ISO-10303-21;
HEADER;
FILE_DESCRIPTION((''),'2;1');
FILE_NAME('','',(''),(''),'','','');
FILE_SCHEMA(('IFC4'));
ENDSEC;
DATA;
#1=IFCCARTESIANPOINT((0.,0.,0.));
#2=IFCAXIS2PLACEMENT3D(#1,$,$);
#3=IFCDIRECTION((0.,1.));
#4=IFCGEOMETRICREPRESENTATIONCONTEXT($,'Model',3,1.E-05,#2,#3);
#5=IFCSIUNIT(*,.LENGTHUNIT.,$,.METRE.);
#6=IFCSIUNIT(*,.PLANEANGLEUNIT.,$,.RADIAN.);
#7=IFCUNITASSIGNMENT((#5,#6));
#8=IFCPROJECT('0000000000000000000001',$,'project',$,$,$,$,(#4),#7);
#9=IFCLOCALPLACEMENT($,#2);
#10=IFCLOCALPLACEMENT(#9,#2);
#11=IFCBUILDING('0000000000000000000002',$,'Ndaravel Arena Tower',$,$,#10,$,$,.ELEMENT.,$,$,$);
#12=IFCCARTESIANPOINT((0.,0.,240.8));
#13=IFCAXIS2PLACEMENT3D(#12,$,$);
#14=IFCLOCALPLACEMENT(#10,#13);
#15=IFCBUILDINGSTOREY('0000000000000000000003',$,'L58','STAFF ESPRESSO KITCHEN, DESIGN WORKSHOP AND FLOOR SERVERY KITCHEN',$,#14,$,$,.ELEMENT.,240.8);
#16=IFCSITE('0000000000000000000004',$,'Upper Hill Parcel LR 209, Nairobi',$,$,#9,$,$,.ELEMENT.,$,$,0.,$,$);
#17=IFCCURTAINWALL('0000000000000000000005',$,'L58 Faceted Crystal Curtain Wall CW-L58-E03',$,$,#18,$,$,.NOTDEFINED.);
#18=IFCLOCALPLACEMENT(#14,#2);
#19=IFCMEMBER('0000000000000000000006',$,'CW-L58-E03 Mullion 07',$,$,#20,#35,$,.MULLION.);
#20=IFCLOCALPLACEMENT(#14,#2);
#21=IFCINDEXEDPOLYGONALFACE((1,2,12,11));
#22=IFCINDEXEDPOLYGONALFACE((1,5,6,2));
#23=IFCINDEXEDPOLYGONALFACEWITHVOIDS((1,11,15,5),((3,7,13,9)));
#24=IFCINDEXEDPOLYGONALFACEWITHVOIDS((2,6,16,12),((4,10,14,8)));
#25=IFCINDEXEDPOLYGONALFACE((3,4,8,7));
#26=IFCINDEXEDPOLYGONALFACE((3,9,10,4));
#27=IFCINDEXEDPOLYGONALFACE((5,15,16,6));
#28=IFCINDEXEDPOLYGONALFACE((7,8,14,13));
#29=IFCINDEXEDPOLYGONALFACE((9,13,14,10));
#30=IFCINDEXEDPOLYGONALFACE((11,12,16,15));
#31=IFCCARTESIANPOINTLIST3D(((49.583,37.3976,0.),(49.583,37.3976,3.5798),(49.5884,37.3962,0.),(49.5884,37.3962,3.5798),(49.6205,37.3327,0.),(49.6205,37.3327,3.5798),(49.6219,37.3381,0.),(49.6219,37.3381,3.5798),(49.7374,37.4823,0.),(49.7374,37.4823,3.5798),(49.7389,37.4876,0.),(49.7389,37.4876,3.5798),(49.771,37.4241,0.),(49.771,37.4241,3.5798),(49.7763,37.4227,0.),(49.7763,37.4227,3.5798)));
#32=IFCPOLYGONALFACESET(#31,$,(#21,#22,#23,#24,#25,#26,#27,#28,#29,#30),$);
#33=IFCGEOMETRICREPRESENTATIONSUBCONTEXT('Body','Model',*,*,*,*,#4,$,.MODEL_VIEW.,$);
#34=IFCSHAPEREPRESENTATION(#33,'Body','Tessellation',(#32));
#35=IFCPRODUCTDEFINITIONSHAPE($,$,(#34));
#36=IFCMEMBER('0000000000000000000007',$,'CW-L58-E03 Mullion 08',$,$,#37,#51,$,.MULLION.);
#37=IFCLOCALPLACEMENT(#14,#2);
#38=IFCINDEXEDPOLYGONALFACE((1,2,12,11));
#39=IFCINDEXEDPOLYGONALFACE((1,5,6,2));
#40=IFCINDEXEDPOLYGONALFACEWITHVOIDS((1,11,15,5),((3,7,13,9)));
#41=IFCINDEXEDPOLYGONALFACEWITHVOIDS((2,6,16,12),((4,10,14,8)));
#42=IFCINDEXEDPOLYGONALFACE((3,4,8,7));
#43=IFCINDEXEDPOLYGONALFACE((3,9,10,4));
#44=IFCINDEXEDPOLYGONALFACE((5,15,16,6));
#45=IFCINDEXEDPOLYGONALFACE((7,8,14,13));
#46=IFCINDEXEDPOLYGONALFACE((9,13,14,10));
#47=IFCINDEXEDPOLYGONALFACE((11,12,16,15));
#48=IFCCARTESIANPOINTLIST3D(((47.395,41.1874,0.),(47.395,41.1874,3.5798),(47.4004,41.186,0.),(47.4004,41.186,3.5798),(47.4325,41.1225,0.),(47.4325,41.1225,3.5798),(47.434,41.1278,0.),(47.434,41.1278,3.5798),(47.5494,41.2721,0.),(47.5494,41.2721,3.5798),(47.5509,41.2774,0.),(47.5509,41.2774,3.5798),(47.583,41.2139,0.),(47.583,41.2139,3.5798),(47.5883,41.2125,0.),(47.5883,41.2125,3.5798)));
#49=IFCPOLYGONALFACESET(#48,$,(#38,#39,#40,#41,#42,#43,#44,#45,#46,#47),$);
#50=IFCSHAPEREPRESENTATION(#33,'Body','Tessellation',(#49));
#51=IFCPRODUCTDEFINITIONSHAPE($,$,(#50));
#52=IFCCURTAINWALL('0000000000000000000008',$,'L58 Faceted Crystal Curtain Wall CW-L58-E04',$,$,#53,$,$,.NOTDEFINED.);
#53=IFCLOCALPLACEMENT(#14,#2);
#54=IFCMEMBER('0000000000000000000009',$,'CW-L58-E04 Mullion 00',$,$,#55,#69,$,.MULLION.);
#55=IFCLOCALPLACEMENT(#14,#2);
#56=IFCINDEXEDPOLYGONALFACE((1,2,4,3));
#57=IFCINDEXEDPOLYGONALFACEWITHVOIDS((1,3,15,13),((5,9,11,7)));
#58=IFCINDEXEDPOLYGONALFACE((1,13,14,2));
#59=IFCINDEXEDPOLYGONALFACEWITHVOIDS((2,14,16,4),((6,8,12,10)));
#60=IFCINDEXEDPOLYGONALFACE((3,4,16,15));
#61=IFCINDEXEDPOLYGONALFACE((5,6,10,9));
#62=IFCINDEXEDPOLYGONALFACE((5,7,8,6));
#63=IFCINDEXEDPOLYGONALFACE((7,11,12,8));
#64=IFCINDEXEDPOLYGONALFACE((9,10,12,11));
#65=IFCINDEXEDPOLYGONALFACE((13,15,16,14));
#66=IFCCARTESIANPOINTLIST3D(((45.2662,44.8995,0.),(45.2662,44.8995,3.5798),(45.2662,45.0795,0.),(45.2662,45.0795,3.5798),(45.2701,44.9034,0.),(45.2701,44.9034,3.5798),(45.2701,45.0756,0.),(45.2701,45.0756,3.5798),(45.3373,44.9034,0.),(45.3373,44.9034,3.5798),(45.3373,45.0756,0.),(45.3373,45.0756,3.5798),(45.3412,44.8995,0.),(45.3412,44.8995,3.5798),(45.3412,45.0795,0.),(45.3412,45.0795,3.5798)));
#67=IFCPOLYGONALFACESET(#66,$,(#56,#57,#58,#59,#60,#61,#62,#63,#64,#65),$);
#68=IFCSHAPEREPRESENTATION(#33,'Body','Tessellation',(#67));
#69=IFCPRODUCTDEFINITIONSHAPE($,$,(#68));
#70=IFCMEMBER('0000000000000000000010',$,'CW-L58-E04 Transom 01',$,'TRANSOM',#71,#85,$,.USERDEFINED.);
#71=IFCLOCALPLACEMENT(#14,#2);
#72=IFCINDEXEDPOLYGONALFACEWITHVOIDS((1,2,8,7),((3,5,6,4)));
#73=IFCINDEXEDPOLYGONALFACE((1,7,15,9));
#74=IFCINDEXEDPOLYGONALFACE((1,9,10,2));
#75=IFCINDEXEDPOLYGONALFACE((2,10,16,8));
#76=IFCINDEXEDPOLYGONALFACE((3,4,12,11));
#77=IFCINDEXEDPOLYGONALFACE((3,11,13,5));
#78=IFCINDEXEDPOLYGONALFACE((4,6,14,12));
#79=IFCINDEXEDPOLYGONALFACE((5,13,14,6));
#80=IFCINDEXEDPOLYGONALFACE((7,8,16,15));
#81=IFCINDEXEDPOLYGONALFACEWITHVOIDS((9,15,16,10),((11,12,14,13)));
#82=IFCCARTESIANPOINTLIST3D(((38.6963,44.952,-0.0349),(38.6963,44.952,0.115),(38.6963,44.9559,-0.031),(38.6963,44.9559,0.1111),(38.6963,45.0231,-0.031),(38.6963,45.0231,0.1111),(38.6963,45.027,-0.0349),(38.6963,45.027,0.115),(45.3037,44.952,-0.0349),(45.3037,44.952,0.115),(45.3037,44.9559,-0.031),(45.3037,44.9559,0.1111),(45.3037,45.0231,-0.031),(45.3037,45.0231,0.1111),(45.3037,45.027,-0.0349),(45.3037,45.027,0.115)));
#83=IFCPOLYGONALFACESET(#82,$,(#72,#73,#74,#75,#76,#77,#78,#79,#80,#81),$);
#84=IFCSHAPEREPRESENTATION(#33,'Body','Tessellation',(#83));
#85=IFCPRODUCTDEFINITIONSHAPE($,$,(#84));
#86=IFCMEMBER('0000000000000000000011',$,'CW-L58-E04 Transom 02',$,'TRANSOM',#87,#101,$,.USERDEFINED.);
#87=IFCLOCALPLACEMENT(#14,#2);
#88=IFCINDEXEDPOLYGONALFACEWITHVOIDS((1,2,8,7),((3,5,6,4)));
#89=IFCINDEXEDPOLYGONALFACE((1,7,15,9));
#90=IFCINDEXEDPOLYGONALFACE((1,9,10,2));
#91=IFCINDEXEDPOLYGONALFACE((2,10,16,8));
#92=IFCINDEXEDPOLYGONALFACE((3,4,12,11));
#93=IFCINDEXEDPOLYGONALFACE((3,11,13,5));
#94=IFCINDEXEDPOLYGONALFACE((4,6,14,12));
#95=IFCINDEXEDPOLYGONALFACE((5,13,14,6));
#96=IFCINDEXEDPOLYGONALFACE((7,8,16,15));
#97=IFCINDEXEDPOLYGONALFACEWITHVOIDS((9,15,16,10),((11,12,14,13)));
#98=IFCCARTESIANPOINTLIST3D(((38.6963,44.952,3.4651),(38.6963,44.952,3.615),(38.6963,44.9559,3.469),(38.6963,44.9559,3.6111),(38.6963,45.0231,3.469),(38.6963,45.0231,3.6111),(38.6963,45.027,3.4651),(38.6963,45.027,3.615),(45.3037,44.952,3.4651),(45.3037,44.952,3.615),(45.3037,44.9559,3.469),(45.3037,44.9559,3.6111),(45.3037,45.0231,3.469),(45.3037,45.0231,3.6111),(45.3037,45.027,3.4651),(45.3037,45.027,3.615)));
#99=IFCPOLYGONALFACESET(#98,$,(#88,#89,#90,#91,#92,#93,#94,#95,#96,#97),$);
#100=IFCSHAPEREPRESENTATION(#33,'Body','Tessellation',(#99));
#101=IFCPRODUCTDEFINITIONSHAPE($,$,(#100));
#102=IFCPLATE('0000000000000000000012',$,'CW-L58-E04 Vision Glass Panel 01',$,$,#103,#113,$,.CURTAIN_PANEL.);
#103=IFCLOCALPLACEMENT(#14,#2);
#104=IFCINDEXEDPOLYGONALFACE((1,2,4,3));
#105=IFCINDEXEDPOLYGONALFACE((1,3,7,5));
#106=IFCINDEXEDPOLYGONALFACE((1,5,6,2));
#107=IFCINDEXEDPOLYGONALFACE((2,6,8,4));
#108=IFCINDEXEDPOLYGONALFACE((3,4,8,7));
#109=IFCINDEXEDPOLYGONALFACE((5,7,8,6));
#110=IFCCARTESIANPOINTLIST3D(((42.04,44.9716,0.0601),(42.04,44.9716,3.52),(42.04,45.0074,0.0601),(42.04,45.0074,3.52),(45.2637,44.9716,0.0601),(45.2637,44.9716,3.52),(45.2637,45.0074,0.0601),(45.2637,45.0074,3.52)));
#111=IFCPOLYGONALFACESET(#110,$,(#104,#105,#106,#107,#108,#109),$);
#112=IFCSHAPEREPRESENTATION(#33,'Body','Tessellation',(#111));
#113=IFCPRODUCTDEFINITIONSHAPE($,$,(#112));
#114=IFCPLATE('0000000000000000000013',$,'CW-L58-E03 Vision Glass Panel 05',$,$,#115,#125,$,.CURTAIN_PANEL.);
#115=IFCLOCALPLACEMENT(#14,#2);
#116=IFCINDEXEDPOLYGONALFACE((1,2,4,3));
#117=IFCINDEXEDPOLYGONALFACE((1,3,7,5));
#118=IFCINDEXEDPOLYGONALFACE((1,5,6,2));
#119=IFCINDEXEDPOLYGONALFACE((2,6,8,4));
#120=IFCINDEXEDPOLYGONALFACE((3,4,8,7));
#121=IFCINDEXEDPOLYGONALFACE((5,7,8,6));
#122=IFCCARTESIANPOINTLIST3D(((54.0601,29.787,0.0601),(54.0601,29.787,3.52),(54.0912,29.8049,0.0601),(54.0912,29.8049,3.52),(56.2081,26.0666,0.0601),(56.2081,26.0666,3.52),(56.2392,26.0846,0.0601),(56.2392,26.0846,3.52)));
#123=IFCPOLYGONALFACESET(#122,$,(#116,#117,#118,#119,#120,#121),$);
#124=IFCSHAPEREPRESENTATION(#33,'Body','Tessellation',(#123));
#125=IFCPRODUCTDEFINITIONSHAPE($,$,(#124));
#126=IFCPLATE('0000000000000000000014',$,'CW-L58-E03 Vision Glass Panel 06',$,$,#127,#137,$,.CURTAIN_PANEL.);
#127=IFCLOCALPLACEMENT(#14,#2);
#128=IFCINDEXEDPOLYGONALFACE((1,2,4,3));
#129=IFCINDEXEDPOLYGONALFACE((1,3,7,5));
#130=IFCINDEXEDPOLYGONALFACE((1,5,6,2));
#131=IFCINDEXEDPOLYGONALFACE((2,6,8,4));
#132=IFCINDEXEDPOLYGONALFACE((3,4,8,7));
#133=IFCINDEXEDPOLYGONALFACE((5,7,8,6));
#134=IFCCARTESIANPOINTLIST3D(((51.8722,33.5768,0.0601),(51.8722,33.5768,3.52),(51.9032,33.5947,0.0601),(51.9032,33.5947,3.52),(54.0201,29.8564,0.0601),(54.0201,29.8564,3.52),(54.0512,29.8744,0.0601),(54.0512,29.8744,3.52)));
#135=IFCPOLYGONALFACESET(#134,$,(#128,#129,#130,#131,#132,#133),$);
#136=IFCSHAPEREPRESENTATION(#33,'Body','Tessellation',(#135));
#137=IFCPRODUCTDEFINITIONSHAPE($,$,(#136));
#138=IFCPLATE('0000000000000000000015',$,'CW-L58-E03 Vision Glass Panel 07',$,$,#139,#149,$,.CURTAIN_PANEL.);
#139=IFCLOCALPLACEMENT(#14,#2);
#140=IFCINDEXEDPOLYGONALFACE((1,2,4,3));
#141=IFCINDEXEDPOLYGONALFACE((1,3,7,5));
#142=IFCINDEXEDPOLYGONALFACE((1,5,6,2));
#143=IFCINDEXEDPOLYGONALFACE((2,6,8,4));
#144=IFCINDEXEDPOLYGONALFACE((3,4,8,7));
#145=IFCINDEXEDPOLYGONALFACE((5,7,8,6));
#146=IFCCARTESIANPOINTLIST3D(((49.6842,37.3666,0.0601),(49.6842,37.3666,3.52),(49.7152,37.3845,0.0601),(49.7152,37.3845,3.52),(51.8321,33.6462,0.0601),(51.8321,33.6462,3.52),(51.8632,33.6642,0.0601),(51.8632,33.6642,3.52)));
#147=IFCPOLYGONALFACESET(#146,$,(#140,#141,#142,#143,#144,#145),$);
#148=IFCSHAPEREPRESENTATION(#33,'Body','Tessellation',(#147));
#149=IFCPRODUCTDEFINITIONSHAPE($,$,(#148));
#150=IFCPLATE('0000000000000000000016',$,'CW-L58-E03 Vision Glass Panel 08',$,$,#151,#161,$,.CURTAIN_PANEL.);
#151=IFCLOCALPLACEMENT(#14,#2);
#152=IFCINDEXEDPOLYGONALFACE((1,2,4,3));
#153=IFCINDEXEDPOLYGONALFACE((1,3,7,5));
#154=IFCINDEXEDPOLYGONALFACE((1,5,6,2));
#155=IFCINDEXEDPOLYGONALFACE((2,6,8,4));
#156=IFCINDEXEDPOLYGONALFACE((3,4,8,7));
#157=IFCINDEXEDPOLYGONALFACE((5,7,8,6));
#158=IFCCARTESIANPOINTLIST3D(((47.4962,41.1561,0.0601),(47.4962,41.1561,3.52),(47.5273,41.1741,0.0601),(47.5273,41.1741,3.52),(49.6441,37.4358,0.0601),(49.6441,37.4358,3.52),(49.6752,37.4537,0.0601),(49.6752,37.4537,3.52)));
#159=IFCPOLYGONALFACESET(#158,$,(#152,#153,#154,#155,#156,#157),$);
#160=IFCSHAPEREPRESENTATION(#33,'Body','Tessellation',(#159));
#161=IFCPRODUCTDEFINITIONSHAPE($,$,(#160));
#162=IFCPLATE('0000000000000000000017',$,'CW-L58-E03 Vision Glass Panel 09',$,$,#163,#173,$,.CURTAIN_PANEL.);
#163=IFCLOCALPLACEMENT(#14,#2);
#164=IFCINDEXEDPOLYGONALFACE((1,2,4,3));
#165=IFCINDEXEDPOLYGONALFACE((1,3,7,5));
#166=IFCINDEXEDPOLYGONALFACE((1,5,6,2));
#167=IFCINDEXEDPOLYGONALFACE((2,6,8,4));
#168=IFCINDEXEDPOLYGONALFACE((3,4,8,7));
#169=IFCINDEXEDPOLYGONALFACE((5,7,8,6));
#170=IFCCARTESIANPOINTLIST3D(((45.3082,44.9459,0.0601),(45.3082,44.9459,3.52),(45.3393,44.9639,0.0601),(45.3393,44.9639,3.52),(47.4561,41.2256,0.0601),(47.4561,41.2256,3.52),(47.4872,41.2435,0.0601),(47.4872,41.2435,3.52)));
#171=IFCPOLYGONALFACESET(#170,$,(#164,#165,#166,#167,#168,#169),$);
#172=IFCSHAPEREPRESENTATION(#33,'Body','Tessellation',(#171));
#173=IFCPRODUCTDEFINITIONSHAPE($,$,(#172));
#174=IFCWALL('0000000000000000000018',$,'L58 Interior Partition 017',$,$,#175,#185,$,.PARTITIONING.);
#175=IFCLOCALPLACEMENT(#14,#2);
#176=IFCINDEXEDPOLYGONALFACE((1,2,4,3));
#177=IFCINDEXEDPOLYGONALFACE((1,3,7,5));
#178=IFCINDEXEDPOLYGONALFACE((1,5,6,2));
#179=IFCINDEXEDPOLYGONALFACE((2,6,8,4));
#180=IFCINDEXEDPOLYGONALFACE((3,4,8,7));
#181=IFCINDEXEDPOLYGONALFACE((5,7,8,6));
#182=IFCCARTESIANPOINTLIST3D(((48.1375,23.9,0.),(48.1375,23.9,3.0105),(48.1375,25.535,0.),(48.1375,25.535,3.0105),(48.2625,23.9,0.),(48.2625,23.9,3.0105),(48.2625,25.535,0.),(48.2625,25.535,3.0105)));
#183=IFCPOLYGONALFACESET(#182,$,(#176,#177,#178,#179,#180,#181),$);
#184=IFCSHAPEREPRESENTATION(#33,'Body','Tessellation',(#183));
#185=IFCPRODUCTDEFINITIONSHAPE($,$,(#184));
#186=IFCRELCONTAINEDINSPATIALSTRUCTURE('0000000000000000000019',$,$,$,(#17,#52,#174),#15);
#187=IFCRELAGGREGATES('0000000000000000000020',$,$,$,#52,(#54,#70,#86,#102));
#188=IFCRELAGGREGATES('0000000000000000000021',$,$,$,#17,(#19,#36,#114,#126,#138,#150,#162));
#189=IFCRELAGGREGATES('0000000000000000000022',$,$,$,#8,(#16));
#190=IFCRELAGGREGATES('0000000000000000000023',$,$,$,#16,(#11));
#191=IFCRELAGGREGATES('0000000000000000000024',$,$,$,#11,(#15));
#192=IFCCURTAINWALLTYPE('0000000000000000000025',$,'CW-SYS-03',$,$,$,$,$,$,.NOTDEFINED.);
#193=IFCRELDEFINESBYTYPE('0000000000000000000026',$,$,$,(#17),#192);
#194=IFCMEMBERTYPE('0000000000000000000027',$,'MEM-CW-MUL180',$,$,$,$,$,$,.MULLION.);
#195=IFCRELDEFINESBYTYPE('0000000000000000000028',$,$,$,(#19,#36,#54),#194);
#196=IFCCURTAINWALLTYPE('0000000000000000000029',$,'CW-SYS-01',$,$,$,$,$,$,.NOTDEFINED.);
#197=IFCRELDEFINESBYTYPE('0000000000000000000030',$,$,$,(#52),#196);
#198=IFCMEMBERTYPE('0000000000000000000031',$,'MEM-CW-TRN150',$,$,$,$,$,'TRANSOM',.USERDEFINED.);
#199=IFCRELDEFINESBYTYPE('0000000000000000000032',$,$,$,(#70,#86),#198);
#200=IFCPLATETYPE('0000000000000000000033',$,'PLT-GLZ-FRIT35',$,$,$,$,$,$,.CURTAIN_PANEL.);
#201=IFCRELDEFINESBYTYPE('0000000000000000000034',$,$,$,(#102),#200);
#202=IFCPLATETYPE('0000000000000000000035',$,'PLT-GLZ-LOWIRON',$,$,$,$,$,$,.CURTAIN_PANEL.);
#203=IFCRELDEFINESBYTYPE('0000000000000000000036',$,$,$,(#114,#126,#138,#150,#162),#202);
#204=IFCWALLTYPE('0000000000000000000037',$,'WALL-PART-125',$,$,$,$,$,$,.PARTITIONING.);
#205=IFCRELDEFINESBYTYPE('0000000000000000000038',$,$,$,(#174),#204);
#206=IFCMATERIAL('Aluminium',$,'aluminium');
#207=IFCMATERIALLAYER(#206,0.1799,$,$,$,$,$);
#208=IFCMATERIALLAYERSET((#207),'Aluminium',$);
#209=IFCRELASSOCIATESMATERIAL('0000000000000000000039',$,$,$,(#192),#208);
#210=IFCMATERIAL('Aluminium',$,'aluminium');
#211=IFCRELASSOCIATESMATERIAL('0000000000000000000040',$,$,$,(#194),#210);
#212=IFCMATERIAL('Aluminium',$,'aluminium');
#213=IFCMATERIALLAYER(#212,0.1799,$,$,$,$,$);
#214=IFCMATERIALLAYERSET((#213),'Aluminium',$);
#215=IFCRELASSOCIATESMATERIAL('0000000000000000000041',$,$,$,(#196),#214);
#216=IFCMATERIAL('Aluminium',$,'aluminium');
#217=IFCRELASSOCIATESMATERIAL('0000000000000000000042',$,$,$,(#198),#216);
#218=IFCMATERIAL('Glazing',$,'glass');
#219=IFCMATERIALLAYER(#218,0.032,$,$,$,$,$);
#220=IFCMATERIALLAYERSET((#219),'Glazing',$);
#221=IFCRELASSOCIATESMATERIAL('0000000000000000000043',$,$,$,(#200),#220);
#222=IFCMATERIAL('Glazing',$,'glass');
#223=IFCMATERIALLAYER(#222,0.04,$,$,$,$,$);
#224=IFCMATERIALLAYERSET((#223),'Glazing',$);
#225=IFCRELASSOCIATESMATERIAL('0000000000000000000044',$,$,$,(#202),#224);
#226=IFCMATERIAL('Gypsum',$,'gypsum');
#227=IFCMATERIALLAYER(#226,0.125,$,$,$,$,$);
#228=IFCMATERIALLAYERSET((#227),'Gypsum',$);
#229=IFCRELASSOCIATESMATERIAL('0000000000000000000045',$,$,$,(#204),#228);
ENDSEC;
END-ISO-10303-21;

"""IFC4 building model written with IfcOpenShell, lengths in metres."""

from ifc_helpers import new_model, si_unit, direction, frame, frame_2d, origin, origin_2d, place, context, subcontext, project, spatial, rectangle, hollow_rectangle, extrude, material, layer, layer_set, material_profile, profile_set, type_object, element, aggregate, save


model = new_model("IFC4")

# Units and contexts
model_context = context("Model", 3, precision=1e-05, world=origin(), true_north=direction((0.0, 1.0)))
body_context = subcontext(model_context, "Body", "Model", "MODEL_VIEW")
ifc_project = project(units=[si_unit("LENGTHUNIT", "METRE"), si_unit("PLANEANGLEUNIT", "RADIAN")], contexts=[model_context])

# Site, building, storey
site_placement = place(None, origin())
site = spatial("IfcSite", under=ifc_project, at=site_placement, Name="Upper Hill Parcel LR 209, Nairobi", CompositionType="ELEMENT", RefElevation=0.0)
building_placement = place(site_placement, origin())
building = spatial("IfcBuilding", under=site, at=building_placement, Name="Ndaravel Arena Tower", CompositionType="ELEMENT")
storey_placement = place(building_placement, frame((0.0, 0.0, 240.8)))
storey = spatial("IfcBuildingStorey", under=building, at=storey_placement, Name="L58", Description="STAFF ESPRESSO KITCHEN, DESIGN WORKSHOP AND FLOOR SERVERY KITCHEN", CompositionType="ELEMENT", Elevation=240.8)

# Curtain wall, members
ifc_material_1 = material(Name="Aluminium", Category="aluminium")
ifc_layer_1 = layer(ifc_material_1, 0.1799)
ifc_layer_set_1 = layer_set([ifc_layer_1], Name="Aluminium")
curtain_wall_type_1 = type_object("IfcCurtainWallType", Name="CW-SYS-03", PredefinedType="NOTDEFINED", material=ifc_layer_set_1)
curtain_wall_1_placement = place(storey_placement, origin())
curtain_wall_1 = element("IfcCurtainWall", 1, at=curtain_wall_1_placement, inside=storey, type_object=curtain_wall_type_1, Name="L58 Faceted Crystal Curtain Wall CW-L58-E03", PredefinedType="NOTDEFINED")
ifc_material_2 = material(Name="Aluminium", Category="aluminium")
ifc_material_profile_1 = material_profile(ifc_material_2, hollow_rectangle(XDim=0.075, YDim=0.1799, WallThickness=0.0039, at=origin_2d()), Name="CW MULLION 75x180x4")
ifc_profile_set_1 = profile_set([ifc_material_profile_1], Name="Aluminium")
member_type_1 = type_object("IfcMemberType", Name="MEM-CW-MUL180", PredefinedType="MULLION", material=ifc_profile_set_1)
member_1_placement = place(storey_placement, frame((49.6797, 37.4102, 0.0), z_axis=(0.0, 0.0, 1.0), x_axis=(-0.5, 0.866025, 0.0)))
member_1 = element("IfcMember", 2, at=member_1_placement, type_object=member_type_1, Name="CW-L58-E03 Mullion 07", PredefinedType="MULLION", context=body_context, shape_type="SweptSolid", body=[
    extrude(hollow_rectangle(XDim=0.075, YDim=0.1799, WallThickness=0.0039, at=origin_2d()), origin(), (0.0, 0.0, 1.0), 3.5798),
])
member_2_placement = place(storey_placement, frame((47.4917, 41.2, 0.0), z_axis=(0.0, 0.0, 1.0), x_axis=(-0.5, 0.866025, 0.0)))
member_2 = element("IfcMember", 3, at=member_2_placement, type_object=member_type_1, Name="CW-L58-E03 Mullion 08", PredefinedType="MULLION", context=body_context, shape_type="SweptSolid", body=[
    extrude(hollow_rectangle(XDim=0.075, YDim=0.1799, WallThickness=0.0039, at=origin_2d()), origin(), (0.0, 0.0, 1.0), 3.5798),
])

# Curtain wall, members, plate
ifc_material_3 = material(Name="Aluminium", Category="aluminium")
ifc_layer_2 = layer(ifc_material_3, 0.1799)
ifc_layer_set_2 = layer_set([ifc_layer_2], Name="Aluminium")
curtain_wall_type_2 = type_object("IfcCurtainWallType", Name="CW-SYS-01", PredefinedType="NOTDEFINED", material=ifc_layer_set_2)
curtain_wall_2_placement = place(storey_placement, origin())
curtain_wall_2 = element("IfcCurtainWall", 4, at=curtain_wall_2_placement, inside=storey, type_object=curtain_wall_type_2, Name="L58 Faceted Crystal Curtain Wall CW-L58-E04", PredefinedType="NOTDEFINED")
member_3_placement = place(storey_placement, frame((45.3037, 44.9895, 0.0), z_axis=(0.0, 0.0, 1.0), x_axis=(-1.0, 0.0, 0.0)))
member_3 = element("IfcMember", 5, at=member_3_placement, type_object=member_type_1, Name="CW-L58-E04 Mullion 00", PredefinedType="MULLION", context=body_context, shape_type="SweptSolid", body=[
    extrude(hollow_rectangle(XDim=0.075, YDim=0.1799, WallThickness=0.0039, at=origin_2d()), origin(), (0.0, 0.0, 1.0), 3.5798),
])
ifc_material_4 = material(Name="Aluminium", Category="aluminium")
ifc_material_profile_2 = material_profile(ifc_material_4, hollow_rectangle(XDim=0.075, YDim=0.1499, WallThickness=0.0039, at=origin_2d()), Name="CW TRANSOM 75x150x4")
ifc_profile_set_2 = profile_set([ifc_material_profile_2], Name="Aluminium")
member_type_2 = type_object("IfcMemberType", Name="MEM-CW-TRN150", ElementType="TRANSOM", PredefinedType="USERDEFINED", material=ifc_profile_set_2)
member_4_placement = place(storey_placement, frame((45.3037, 44.9895, 0.04), z_axis=(-1.0, 0.0, 0.0), x_axis=(0.0, -1.0, 0.0)))
member_4 = element("IfcMember", 6, at=member_4_placement, type_object=member_type_2, Name="CW-L58-E04 Transom 01", ObjectType="TRANSOM", PredefinedType="USERDEFINED", context=body_context, shape_type="SweptSolid", body=[
    extrude(hollow_rectangle(XDim=0.075, YDim=0.1499, WallThickness=0.0039, at=origin_2d()), origin(), (0.0, 0.0, 1.0), 6.6074),
])
member_5_placement = place(storey_placement, frame((45.3037, 44.9895, 3.54), z_axis=(-1.0, 0.0, 0.0), x_axis=(0.0, -1.0, 0.0)))
member_5 = element("IfcMember", 7, at=member_5_placement, type_object=member_type_2, Name="CW-L58-E04 Transom 02", ObjectType="TRANSOM", PredefinedType="USERDEFINED", context=body_context, shape_type="SweptSolid", body=[
    extrude(hollow_rectangle(XDim=0.075, YDim=0.1499, WallThickness=0.0039, at=origin_2d()), origin(), (0.0, 0.0, 1.0), 6.6074),
])
ifc_material_5 = material(Name="Glazing", Category="glass")
ifc_layer_3 = layer(ifc_material_5, 0.032)
ifc_layer_set_3 = layer_set([ifc_layer_3], Name="Glazing")
plate_type_1 = type_object("IfcPlateType", Name="PLT-GLZ-FRIT35", PredefinedType="CURTAIN_PANEL", material=ifc_layer_set_3)
plate_1_placement = place(storey_placement, frame((43.6519, 44.9895, 0.0601), z_axis=(0.0, 0.0, 1.0), x_axis=(-1.0, 0.0, 0.0)))
plate_1 = element("IfcPlate", 8, at=plate_1_placement, type_object=plate_type_1, Name="CW-L58-E04 Vision Glass Panel 01", PredefinedType="CURTAIN_PANEL", context=body_context, shape_type="SweptSolid", body=[
    extrude(rectangle(XDim=3.2236, YDim=0.0359, at=origin_2d()), origin(), (0.0, 0.0, 1.0), 3.46),
])
aggregate(curtain_wall_2, [member_3, member_4, member_5, plate_1])

# Plates
ifc_material_6 = material(Name="Glazing", Category="glass")
ifc_layer_4 = layer(ifc_material_6, 0.04)
ifc_layer_set_4 = layer_set([ifc_layer_4], Name="Glazing")
plate_type_2 = type_object("IfcPlateType", Name="PLT-GLZ-LOWIRON", PredefinedType="CURTAIN_PANEL", material=ifc_layer_set_4)
plate_2_placement = place(storey_placement, frame((55.1497, 27.9358, 0.0601), z_axis=(0.0, 0.0, 1.0), x_axis=(-0.5, 0.866025, 0.0)))
plate_2 = element("IfcPlate", 9, at=plate_2_placement, type_object=plate_type_2, Name="CW-L58-E03 Vision Glass Panel 05", PredefinedType="CURTAIN_PANEL", context=body_context, shape_type="SweptSolid", body=[
    extrude(rectangle(XDim=4.2959, YDim=0.0359, at=origin_2d()), origin(), (0.0, 0.0, 1.0), 3.46),
])
plate_3_placement = place(storey_placement, frame((52.9617, 31.7256, 0.0601), z_axis=(0.0, 0.0, 1.0), x_axis=(-0.5, 0.866025, 0.0)))
plate_3 = element("IfcPlate", 10, at=plate_3_placement, type_object=plate_type_2, Name="CW-L58-E03 Vision Glass Panel 06", PredefinedType="CURTAIN_PANEL", context=body_context, shape_type="SweptSolid", body=[
    extrude(rectangle(XDim=4.2959, YDim=0.0359, at=origin_2d()), origin(), (0.0, 0.0, 1.0), 3.46),
])
plate_4_placement = place(storey_placement, frame((50.7737, 35.5154, 0.0601), z_axis=(0.0, 0.0, 1.0), x_axis=(-0.5, 0.866025, 0.0)))
plate_4 = element("IfcPlate", 11, at=plate_4_placement, type_object=plate_type_2, Name="CW-L58-E03 Vision Glass Panel 07", PredefinedType="CURTAIN_PANEL", context=body_context, shape_type="SweptSolid", body=[
    extrude(rectangle(XDim=4.2959, YDim=0.0359, at=origin_2d()), origin(), (0.0, 0.0, 1.0), 3.46),
])
plate_5_placement = place(storey_placement, frame((48.5857, 39.3049, 0.0601), z_axis=(0.0, 0.0, 1.0), x_axis=(-0.5, 0.866025, 0.0)))
plate_5 = element("IfcPlate", 12, at=plate_5_placement, type_object=plate_type_2, Name="CW-L58-E03 Vision Glass Panel 08", PredefinedType="CURTAIN_PANEL", context=body_context, shape_type="SweptSolid", body=[
    extrude(rectangle(XDim=4.2959, YDim=0.0359, at=origin_2d()), origin(), (0.0, 0.0, 1.0), 3.46),
])
plate_6_placement = place(storey_placement, frame((46.3977, 43.0947, 0.0601), z_axis=(0.0, 0.0, 1.0), x_axis=(-0.5, 0.866025, 0.0)))
plate_6 = element("IfcPlate", 13, at=plate_6_placement, type_object=plate_type_2, Name="CW-L58-E03 Vision Glass Panel 09", PredefinedType="CURTAIN_PANEL", context=body_context, shape_type="SweptSolid", body=[
    extrude(rectangle(XDim=4.2959, YDim=0.0359, at=origin_2d()), origin(), (0.0, 0.0, 1.0), 3.46),
])
aggregate(curtain_wall_1, [member_1, member_2, plate_2, plate_3, plate_4, plate_5, plate_6])

# Wall
ifc_material_7 = material(Name="Gypsum", Category="gypsum")
ifc_layer_5 = layer(ifc_material_7, 0.125)
ifc_layer_set_5 = layer_set([ifc_layer_5], Name="Gypsum")
wall_type_1 = type_object("IfcWallType", Name="WALL-PART-125", PredefinedType="PARTITIONING", material=ifc_layer_set_5)
wall_1_placement = place(storey_placement, frame((48.2, 25.5349, 0.0), z_axis=(0.0, 0.0, 1.0), x_axis=(0.0, -1.0, 0.0)))
element("IfcWall", 14, at=wall_1_placement, inside=storey, type_object=wall_type_1, Name="L58 Interior Partition 017", PredefinedType="PARTITIONING", context=body_context, shape_type="SweptSolid", body=[
    extrude(rectangle(XDim=1.635, YDim=0.125, at=frame_2d((0.8174, 0.0))), origin(), (0.0, 0.0, 1.0), 3.0105),
])

save(model, "model.ifc")
